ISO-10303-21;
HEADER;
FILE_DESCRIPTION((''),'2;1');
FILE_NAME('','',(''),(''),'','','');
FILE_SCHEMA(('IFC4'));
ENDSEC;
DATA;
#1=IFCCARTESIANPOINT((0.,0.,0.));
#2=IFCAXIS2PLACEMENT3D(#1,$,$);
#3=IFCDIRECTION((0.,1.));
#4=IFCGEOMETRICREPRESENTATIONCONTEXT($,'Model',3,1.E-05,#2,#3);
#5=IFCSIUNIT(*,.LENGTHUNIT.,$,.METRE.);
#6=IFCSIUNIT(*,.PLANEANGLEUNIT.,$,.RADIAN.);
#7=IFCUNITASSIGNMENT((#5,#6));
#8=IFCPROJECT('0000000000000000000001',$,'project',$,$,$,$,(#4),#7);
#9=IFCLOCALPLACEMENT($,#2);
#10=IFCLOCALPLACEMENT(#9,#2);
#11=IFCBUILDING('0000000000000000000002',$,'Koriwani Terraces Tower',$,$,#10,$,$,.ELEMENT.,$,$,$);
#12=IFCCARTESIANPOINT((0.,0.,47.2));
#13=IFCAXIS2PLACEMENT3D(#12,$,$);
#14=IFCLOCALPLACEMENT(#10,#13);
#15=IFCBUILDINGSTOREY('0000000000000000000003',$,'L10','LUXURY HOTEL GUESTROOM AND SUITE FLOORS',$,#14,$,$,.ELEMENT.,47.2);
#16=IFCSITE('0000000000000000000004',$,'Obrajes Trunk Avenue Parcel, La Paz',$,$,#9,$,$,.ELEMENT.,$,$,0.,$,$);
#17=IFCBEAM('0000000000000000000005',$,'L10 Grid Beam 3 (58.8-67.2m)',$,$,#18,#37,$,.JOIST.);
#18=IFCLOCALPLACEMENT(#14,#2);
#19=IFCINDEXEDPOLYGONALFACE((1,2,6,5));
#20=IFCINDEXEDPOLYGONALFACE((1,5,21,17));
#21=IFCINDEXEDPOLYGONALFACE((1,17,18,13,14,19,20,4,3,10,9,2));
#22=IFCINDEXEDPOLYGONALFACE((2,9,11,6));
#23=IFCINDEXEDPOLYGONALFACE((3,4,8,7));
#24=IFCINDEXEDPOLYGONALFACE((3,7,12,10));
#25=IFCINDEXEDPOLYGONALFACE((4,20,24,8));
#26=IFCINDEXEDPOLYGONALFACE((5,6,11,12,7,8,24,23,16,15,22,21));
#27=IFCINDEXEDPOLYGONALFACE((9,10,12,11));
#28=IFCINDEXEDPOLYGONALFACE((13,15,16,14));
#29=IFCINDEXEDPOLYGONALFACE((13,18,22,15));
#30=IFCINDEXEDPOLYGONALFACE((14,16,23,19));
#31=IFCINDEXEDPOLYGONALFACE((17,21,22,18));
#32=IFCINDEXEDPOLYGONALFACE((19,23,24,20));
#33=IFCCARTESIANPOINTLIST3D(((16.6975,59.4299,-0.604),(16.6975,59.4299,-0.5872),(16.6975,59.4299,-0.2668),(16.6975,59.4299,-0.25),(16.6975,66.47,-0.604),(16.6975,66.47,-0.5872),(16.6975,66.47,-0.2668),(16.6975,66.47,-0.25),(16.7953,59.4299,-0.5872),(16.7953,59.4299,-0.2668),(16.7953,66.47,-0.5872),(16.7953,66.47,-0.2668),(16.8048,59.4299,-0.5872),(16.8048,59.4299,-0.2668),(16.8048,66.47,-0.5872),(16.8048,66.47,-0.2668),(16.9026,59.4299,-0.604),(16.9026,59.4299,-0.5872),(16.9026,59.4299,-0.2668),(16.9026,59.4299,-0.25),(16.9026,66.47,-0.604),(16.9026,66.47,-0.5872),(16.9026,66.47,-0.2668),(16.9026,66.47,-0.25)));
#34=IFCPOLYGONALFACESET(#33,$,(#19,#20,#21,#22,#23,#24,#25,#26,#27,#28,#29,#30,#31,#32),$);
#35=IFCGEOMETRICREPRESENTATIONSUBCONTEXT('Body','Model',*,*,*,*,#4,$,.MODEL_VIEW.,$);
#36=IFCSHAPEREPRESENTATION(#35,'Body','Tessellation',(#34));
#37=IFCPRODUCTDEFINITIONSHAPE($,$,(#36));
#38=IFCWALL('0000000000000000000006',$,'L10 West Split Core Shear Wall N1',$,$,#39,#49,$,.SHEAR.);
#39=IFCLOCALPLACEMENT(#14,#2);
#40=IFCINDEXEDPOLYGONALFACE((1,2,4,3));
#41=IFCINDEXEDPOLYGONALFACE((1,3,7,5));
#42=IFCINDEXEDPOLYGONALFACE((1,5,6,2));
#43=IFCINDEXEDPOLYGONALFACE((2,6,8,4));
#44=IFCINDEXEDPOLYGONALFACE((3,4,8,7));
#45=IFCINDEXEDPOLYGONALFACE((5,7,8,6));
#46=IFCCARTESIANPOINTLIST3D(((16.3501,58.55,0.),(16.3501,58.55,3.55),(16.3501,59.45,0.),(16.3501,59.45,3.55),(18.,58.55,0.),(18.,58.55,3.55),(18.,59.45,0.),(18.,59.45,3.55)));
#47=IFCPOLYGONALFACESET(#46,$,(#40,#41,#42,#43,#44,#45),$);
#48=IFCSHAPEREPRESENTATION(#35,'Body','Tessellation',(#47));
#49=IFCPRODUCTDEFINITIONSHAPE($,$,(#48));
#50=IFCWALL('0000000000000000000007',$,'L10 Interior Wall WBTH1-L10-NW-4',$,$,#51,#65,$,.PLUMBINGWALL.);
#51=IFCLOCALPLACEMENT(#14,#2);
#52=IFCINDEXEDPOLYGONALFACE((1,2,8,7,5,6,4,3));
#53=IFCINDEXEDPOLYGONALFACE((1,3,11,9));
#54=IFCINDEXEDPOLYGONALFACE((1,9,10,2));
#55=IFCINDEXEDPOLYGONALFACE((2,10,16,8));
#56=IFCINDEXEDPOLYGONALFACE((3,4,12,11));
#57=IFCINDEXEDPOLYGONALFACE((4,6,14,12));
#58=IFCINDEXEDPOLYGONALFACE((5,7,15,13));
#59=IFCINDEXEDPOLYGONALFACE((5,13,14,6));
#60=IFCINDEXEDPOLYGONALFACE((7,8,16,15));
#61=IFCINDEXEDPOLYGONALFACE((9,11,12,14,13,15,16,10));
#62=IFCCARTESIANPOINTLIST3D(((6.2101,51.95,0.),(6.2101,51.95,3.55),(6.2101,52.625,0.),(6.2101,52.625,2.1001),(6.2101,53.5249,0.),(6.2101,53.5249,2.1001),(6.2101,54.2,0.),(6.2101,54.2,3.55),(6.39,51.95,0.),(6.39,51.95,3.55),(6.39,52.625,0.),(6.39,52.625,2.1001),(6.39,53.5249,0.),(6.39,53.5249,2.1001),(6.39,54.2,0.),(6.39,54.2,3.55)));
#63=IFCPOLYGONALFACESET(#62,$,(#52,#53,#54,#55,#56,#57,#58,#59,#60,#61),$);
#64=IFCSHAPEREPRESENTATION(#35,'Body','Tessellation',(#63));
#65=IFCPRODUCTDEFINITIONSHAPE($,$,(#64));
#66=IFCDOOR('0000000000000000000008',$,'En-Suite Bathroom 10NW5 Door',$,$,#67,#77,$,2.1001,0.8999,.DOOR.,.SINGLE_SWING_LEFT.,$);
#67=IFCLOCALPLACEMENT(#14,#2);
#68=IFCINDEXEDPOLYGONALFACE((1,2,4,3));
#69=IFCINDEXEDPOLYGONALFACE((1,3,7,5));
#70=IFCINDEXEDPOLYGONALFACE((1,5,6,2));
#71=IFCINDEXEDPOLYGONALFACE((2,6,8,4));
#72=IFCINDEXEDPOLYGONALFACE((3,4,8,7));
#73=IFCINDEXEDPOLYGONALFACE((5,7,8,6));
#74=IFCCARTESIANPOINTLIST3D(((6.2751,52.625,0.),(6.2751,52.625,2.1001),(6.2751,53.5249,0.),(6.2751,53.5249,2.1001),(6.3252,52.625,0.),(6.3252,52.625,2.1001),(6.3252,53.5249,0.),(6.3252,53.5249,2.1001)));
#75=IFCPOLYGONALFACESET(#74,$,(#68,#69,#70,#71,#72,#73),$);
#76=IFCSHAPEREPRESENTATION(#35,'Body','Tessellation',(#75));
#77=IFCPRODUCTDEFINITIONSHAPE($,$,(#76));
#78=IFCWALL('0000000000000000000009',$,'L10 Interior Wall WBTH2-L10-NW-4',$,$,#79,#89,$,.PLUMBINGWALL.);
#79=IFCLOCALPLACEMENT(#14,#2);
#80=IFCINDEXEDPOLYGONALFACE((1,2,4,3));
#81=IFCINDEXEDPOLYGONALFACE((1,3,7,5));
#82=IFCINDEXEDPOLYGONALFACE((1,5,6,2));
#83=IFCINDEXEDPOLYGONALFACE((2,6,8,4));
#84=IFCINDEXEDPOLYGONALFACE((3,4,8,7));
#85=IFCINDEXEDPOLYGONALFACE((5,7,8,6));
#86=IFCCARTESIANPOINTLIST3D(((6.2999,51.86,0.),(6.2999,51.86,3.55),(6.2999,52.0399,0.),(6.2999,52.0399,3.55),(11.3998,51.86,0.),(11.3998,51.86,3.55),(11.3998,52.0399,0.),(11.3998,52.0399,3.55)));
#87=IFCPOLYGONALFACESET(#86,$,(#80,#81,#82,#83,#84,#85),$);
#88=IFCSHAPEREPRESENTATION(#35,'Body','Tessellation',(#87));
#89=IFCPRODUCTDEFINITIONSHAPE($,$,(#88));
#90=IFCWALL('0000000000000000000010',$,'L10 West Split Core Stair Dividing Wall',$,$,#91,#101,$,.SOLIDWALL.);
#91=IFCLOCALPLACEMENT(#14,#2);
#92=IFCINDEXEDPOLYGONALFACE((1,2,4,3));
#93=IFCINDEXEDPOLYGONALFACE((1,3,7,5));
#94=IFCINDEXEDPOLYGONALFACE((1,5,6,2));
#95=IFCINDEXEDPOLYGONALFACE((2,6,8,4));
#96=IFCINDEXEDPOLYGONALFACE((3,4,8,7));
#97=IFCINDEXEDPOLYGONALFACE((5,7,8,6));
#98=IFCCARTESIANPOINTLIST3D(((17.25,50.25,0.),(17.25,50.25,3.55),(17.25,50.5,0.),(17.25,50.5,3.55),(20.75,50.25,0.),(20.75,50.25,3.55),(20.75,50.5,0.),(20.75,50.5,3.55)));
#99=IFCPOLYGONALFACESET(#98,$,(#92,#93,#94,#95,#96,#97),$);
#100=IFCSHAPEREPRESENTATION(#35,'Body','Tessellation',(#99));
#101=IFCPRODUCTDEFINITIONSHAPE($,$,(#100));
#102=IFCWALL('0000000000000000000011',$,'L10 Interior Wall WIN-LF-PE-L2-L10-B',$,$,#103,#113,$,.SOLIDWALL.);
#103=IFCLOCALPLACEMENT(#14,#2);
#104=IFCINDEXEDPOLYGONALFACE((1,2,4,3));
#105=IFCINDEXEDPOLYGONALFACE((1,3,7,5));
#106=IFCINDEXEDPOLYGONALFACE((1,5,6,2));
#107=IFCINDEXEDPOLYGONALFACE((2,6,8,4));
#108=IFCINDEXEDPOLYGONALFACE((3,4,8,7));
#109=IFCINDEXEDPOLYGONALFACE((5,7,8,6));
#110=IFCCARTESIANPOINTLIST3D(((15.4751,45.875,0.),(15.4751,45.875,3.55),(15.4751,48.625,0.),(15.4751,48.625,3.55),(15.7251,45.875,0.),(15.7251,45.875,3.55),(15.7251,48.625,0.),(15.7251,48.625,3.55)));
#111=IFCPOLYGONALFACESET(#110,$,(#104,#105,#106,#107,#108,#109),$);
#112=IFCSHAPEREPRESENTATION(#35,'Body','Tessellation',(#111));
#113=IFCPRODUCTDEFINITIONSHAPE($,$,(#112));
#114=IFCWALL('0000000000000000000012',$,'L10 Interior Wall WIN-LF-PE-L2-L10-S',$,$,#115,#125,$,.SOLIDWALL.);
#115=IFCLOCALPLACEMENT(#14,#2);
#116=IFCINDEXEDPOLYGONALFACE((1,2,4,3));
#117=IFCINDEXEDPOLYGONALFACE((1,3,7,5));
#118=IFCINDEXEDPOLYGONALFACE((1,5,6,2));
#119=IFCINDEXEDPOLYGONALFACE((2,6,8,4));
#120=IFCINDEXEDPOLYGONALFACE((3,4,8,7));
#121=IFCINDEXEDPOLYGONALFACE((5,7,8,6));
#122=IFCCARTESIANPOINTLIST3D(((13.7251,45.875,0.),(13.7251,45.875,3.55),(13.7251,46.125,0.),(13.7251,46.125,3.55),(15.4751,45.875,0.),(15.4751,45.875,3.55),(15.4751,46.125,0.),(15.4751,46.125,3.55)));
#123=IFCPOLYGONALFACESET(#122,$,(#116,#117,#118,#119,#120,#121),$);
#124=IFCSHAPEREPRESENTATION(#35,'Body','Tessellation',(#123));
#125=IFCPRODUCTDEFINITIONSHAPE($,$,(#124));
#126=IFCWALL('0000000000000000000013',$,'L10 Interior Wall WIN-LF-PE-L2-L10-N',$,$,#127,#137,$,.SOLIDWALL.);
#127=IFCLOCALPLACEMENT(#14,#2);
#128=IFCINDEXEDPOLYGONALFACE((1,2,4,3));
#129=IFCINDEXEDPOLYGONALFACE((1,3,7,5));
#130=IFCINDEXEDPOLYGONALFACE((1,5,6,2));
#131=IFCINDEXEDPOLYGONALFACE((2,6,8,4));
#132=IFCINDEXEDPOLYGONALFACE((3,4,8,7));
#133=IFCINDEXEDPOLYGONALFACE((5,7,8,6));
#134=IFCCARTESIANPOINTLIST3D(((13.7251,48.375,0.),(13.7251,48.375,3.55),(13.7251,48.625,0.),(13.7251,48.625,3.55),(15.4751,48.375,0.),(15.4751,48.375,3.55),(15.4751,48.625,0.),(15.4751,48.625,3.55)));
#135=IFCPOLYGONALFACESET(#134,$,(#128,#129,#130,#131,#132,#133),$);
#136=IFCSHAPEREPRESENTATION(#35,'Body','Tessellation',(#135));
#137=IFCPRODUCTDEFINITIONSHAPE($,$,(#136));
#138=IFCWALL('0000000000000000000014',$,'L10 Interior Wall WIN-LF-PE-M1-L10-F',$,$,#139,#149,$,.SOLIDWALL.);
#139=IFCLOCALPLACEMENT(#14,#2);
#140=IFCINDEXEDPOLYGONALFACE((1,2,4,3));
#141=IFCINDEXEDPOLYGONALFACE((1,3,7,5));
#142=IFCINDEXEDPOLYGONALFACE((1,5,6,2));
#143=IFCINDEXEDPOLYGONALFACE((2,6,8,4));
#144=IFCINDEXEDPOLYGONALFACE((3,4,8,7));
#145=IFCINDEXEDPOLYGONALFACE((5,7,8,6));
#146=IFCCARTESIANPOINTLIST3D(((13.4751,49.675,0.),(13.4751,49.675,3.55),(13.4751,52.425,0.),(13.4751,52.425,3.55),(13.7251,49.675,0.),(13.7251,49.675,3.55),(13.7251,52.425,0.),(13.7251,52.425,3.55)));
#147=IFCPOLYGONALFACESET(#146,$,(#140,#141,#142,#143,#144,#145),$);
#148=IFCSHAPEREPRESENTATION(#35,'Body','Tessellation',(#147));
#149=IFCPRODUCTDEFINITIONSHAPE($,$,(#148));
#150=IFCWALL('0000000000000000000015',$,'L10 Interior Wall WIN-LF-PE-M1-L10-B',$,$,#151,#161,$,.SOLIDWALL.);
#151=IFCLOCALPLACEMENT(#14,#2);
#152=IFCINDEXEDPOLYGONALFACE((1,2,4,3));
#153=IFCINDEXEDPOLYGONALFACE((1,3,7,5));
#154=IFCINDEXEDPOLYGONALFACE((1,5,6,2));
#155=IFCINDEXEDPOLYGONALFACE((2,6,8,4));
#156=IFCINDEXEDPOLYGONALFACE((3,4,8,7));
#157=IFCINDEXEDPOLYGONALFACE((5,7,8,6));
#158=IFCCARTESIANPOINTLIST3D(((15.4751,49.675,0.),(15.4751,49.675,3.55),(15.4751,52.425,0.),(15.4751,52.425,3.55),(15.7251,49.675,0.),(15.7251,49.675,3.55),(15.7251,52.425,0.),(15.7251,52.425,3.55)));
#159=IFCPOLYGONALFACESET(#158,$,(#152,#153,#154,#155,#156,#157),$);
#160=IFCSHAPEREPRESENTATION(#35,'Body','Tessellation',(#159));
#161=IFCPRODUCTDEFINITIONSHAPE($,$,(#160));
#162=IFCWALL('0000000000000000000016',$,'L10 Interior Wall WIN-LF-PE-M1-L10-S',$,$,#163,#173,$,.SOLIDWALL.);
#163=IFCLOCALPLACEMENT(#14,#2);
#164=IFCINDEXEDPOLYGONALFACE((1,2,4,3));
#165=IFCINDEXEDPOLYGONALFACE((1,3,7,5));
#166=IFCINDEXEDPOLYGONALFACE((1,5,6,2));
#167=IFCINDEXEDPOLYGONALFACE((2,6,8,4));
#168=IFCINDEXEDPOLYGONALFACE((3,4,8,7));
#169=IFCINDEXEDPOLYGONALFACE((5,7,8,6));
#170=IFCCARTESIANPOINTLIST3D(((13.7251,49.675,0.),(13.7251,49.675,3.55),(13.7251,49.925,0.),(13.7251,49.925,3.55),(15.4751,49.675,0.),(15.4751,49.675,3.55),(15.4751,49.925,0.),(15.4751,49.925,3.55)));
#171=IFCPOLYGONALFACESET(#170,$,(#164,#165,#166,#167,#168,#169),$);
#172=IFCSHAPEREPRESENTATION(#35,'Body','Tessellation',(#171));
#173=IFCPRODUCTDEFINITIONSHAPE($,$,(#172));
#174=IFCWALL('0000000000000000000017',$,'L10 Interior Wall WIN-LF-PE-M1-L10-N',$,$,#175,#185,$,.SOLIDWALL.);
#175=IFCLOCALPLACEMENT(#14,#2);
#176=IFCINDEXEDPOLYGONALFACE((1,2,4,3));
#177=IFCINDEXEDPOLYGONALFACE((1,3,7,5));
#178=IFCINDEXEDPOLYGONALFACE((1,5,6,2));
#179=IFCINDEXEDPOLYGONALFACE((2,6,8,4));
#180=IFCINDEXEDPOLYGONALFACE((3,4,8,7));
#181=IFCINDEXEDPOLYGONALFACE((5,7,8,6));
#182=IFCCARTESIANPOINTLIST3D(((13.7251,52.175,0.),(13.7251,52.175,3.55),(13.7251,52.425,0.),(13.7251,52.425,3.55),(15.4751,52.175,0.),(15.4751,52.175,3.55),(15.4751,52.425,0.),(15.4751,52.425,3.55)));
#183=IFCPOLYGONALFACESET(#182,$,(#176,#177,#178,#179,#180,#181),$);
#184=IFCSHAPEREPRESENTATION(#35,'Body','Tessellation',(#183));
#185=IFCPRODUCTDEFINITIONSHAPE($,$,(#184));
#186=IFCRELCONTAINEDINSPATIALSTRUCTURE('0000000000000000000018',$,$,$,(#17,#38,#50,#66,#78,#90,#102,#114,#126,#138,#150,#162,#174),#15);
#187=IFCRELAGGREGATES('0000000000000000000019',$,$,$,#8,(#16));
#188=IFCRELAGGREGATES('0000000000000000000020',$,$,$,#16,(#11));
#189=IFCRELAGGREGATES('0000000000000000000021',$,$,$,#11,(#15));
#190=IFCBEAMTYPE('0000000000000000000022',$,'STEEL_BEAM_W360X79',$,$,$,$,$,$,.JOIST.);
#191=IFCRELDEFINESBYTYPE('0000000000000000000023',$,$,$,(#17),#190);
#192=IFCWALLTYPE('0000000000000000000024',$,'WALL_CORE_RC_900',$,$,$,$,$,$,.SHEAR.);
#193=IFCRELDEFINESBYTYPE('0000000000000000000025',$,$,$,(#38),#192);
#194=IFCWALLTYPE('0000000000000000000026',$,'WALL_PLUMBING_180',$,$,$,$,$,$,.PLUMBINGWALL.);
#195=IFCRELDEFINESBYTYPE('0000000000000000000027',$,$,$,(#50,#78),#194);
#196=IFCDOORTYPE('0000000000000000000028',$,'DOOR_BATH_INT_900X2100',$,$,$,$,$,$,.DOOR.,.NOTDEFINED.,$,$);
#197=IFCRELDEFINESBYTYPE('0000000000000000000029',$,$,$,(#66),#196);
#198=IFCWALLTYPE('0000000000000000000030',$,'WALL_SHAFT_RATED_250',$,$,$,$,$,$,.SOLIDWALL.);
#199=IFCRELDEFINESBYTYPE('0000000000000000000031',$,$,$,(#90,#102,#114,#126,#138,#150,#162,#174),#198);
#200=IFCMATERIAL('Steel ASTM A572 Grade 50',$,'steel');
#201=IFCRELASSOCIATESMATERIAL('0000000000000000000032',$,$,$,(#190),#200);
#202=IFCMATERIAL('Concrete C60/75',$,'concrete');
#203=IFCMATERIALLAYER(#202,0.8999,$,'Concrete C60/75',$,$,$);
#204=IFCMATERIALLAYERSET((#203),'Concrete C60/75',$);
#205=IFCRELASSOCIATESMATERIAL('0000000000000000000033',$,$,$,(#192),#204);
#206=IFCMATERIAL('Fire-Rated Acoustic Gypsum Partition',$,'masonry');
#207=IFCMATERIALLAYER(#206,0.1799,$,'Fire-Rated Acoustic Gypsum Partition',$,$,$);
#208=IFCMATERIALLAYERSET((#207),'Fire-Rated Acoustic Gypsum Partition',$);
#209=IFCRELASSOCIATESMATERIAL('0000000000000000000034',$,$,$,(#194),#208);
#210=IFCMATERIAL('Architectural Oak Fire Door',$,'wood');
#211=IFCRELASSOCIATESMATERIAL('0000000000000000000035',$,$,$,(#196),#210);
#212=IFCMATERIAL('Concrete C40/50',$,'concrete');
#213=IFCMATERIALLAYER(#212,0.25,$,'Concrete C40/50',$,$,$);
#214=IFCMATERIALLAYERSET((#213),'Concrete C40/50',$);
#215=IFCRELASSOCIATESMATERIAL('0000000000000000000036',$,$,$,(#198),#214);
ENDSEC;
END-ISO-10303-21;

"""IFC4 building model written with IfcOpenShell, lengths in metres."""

from ifc_helpers import new_model, si_unit, direction, frame, frame_2d, origin, origin_2d, place, context, subcontext, project, spatial, rectangle, i_section, extrude, material, layer, layer_set, material_profile, profile_set, type_object, element, fill, save


model = new_model("IFC4")

# Units and contexts
model_context = context("Model", 3, precision=1e-05, world=origin(), true_north=direction((0.0, 1.0)))
body_context = subcontext(model_context, "Body", "Model", "MODEL_VIEW")
ifc_project = project(units=[si_unit("LENGTHUNIT", "METRE"), si_unit("PLANEANGLEUNIT", "RADIAN")], contexts=[model_context])

# Site, building, storey
site_placement = place(None, origin())
site = spatial("IfcSite", under=ifc_project, at=site_placement, Name="Obrajes Trunk Avenue Parcel, La Paz", CompositionType="ELEMENT", RefElevation=0.0)
building_placement = place(site_placement, origin())
building = spatial("IfcBuilding", under=site, at=building_placement, Name="Koriwani Terraces Tower", CompositionType="ELEMENT")
storey_placement = place(building_placement, frame((0.0, 0.0, 47.2)))
storey = spatial("IfcBuildingStorey", under=building, at=storey_placement, Name="L10", Description="LUXURY HOTEL GUESTROOM AND SUITE FLOORS", CompositionType="ELEMENT", Elevation=47.2)

# Shared definitions
ifc_material_1 = material(Name="Concrete C60/75", Category="concrete")

# Beam
ifc_material_2 = material(Name="Concrete C40/50", Category="concrete")
ifc_material_3 = material(Name="Steel ASTM A572 Grade 50", Category="steel")
ifc_material_profile_1 = material_profile(ifc_material_3, i_section(OverallWidth=0.2051, OverallDepth=0.354, WebThickness=0.0095, FlangeThickness=0.0168, at=origin_2d()), Name="Steel ASTM A572 Grade 50", Category="LoadBearing")
ifc_profile_set_1 = profile_set([ifc_material_profile_1], Name="Steel ASTM A572 Grade 50")
beam_type_1 = type_object("IfcBeamType", Name="STEEL_BEAM_W360X79", PredefinedType="JOIST", material=ifc_profile_set_1)
beam_1_placement = place(storey_placement, frame((16.8, 59.4299, -0.427), z_axis=(0.0, 1.0, 0.0), x_axis=(-1.0, 0.0, 0.0)))
element("IfcBeam", 1, at=beam_1_placement, inside=storey, type_object=beam_type_1, Name="L10 Grid Beam 3 (58.8-67.2m)", PredefinedType="JOIST", context=body_context, shape_type="SweptSolid", body=[
    extrude(i_section(OverallWidth=0.2051, OverallDepth=0.354, WebThickness=0.0095, FlangeThickness=0.0168, at=origin_2d()), origin(), (0.0, 0.0, 1.0), 7.04),
])

# Wall
ifc_layer_1 = layer(ifc_material_1, 0.8999, Name="Concrete C60/75")
ifc_layer_set_1 = layer_set([ifc_layer_1], Name="Concrete C60/75")
wall_type_1 = type_object("IfcWallType", Name="WALL_CORE_RC_900", PredefinedType="SHEAR", material=ifc_layer_set_1)
wall_1_placement = place(storey_placement, frame((16.3501, 59.0, 0.0), z_axis=(0.0, 0.0, 1.0), x_axis=(1.0, 0.0, 0.0)))
element("IfcWall", 2, at=wall_1_placement, inside=storey, type_object=wall_type_1, Name="L10 West Split Core Shear Wall N1", PredefinedType="SHEAR", context=body_context, shape_type="SweptSolid", body=[
    extrude(rectangle(XDim=1.6499, YDim=0.8999, at=frame_2d((0.825, 0.0))), origin(), (0.0, 0.0, 1.0), 3.55),
])

# Wall, opening, door
ifc_material_4 = material(Name="Fire-Rated Acoustic Gypsum Partition", Category="masonry")
ifc_layer_2 = layer(ifc_material_4, 0.1799, Name="Fire-Rated Acoustic Gypsum Partition")
ifc_layer_set_2 = layer_set([ifc_layer_2], Name="Fire-Rated Acoustic Gypsum Partition")
wall_type_2 = type_object("IfcWallType", Name="WALL_PLUMBING_180", PredefinedType="PLUMBINGWALL", material=ifc_layer_set_2)
wall_2_placement = place(storey_placement, frame((6.3, 51.95, 0.0), z_axis=(0.0, 0.0, 1.0), x_axis=(0.0, 1.0, 0.0)))
wall_2 = element("IfcWall", 3, at=wall_2_placement, inside=storey, type_object=wall_type_2, Name="L10 Interior Wall WBTH1-L10-NW-4", PredefinedType="PLUMBINGWALL", context=body_context, shape_type="SweptSolid", body=[
    extrude(rectangle(XDim=2.25, YDim=0.1799, at=frame_2d((1.125, 0.0))), origin(), (0.0, 0.0, 1.0), 3.55),
])
opening_1_placement = place(wall_2_placement, frame((0.675, 0.0, 0.0)))
opening_1 = element("IfcOpeningElement", 4, at=opening_1_placement, cuts=wall_2, PredefinedType="OPENING", context=body_context, shape_type="SweptSolid", body=[
    extrude(rectangle(XDim=0.8999, YDim=2.1001, at=frame_2d((0.45, 1.05))), frame((0.0, 0.1001, 0.0), z_axis=(0.0, -1.0, 0.0), x_axis=(1.0, 0.0, 0.0)), (0.0, 0.0, 1.0), 0.2),
])
ifc_material_5 = material(Name="Architectural Oak Fire Door", Category="wood")
door_type_1 = type_object("IfcDoorType", Name="DOOR_BATH_INT_900X2100", OperationType="NOTDEFINED", PredefinedType="DOOR", material=ifc_material_5)
door_1_placement = place(opening_1_placement, origin())
door_1 = element("IfcDoor", 5, at=door_1_placement, inside=storey, type_object=door_type_1, Name="En-Suite Bathroom 10NW5 Door", OperationType="SINGLE_SWING_LEFT", OverallHeight=2.1001, OverallWidth=0.8999, PredefinedType="DOOR", context=body_context, shape_type="SweptSolid", body=[
    extrude(rectangle(XDim=0.8999, YDim=2.1001, at=frame_2d((0.45, 1.05))), frame((0.0, 0.0249, 0.0), z_axis=(0.0, -1.0, 0.0), x_axis=(1.0, 0.0, 0.0)), (0.0, 0.0, 1.0), 0.05),
])
fill(opening_1, door_1)

# Walls
wall_3_placement = place(storey_placement, frame((6.3, 51.95, 0.0), z_axis=(0.0, 0.0, 1.0), x_axis=(1.0, 0.0, 0.0)))
element("IfcWall", 6, at=wall_3_placement, inside=storey, type_object=wall_type_2, Name="L10 Interior Wall WBTH2-L10-NW-4", PredefinedType="PLUMBINGWALL", context=body_context, shape_type="SweptSolid", body=[
    extrude(rectangle(XDim=5.0999, YDim=0.1799, at=frame_2d((2.5498, 0.0))), origin(), (0.0, 0.0, 1.0), 3.55),
])
ifc_layer_3 = layer(ifc_material_2, 0.25, Name="Concrete C40/50")
ifc_layer_set_3 = layer_set([ifc_layer_3], Name="Concrete C40/50")
wall_type_3 = type_object("IfcWallType", Name="WALL_SHAFT_RATED_250", PredefinedType="SOLIDWALL", material=ifc_layer_set_3)
wall_4_placement = place(storey_placement, frame((17.25, 50.375, 0.0), z_axis=(0.0, 0.0, 1.0), x_axis=(1.0, 0.0, 0.0)))
element("IfcWall", 7, at=wall_4_placement, inside=storey, type_object=wall_type_3, Name="L10 West Split Core Stair Dividing Wall", PredefinedType="SOLIDWALL", context=body_context, shape_type="SweptSolid", body=[
    extrude(rectangle(XDim=3.5, YDim=0.25, at=frame_2d((1.75, 0.0))), origin(), (0.0, 0.0, 1.0), 3.55),
])

# Walls
wall_5_placement = place(storey_placement, frame((15.6001, 45.875, 0.0), z_axis=(0.0, 0.0, 1.0), x_axis=(0.0, 1.0, 0.0)))
element("IfcWall", 8, at=wall_5_placement, inside=storey, type_object=wall_type_3, Name="L10 Interior Wall WIN-LF-PE-L2-L10-B", PredefinedType="SOLIDWALL", context=body_context, shape_type="SweptSolid", body=[
    extrude(rectangle(XDim=2.75, YDim=0.25, at=frame_2d((1.375, 0.0))), origin(), (0.0, 0.0, 1.0), 3.55),
])
for number, where, z_axis, x_axis, name in (
    (9, (13.7251, 46.0, 0.0), (0.0, 0.0, 1.0), (1.0, 0.0, 0.0), "L10 Interior Wall WIN-LF-PE-L2-L10-S"),
    (10, (13.7251, 48.5, 0.0), (0.0, 0.0, 1.0), (1.0, 0.0, 0.0), "L10 Interior Wall WIN-LF-PE-L2-L10-N"),
):
    element("IfcWall", number, at=place(storey_placement, frame(where, z_axis=z_axis, x_axis=x_axis)), inside=storey, type_object=wall_type_3, Name=name, PredefinedType="SOLIDWALL", context=body_context, shape_type="SweptSolid", body=[
        extrude(rectangle(XDim=1.75, YDim=0.25, at=frame_2d((0.875, 0.0))), origin(), (0.0, 0.0, 1.0), 3.55),
    ])
for number, where, z_axis, x_axis, name in (
    (11, (13.6001, 49.675, 0.0), (0.0, 0.0, 1.0), (0.0, 1.0, 0.0), "L10 Interior Wall WIN-LF-PE-M1-L10-F"),
    (12, (15.6001, 49.675, 0.0), (0.0, 0.0, 1.0), (0.0, 1.0, 0.0), "L10 Interior Wall WIN-LF-PE-M1-L10-B"),
):
    element("IfcWall", number, at=place(storey_placement, frame(where, z_axis=z_axis, x_axis=x_axis)), inside=storey, type_object=wall_type_3, Name=name, PredefinedType="SOLIDWALL", context=body_context, shape_type="SweptSolid", body=[
        extrude(rectangle(XDim=2.75, YDim=0.25, at=frame_2d((1.375, 0.0))), origin(), (0.0, 0.0, 1.0), 3.55),
    ])
for number, where, z_axis, x_axis, name in (
    (13, (13.7251, 49.8, 0.0), (0.0, 0.0, 1.0), (1.0, 0.0, 0.0), "L10 Interior Wall WIN-LF-PE-M1-L10-S"),
    (14, (13.7251, 52.3, 0.0), (0.0, 0.0, 1.0), (1.0, 0.0, 0.0), "L10 Interior Wall WIN-LF-PE-M1-L10-N"),
):
    element("IfcWall", number, at=place(storey_placement, frame(where, z_axis=z_axis, x_axis=x_axis)), inside=storey, type_object=wall_type_3, Name=name, PredefinedType="SOLIDWALL", context=body_context, shape_type="SweptSolid", body=[
        extrude(rectangle(XDim=1.75, YDim=0.25, at=frame_2d((0.875, 0.0))), origin(), (0.0, 0.0, 1.0), 3.55),
    ])

save(model, "model.ifc")
